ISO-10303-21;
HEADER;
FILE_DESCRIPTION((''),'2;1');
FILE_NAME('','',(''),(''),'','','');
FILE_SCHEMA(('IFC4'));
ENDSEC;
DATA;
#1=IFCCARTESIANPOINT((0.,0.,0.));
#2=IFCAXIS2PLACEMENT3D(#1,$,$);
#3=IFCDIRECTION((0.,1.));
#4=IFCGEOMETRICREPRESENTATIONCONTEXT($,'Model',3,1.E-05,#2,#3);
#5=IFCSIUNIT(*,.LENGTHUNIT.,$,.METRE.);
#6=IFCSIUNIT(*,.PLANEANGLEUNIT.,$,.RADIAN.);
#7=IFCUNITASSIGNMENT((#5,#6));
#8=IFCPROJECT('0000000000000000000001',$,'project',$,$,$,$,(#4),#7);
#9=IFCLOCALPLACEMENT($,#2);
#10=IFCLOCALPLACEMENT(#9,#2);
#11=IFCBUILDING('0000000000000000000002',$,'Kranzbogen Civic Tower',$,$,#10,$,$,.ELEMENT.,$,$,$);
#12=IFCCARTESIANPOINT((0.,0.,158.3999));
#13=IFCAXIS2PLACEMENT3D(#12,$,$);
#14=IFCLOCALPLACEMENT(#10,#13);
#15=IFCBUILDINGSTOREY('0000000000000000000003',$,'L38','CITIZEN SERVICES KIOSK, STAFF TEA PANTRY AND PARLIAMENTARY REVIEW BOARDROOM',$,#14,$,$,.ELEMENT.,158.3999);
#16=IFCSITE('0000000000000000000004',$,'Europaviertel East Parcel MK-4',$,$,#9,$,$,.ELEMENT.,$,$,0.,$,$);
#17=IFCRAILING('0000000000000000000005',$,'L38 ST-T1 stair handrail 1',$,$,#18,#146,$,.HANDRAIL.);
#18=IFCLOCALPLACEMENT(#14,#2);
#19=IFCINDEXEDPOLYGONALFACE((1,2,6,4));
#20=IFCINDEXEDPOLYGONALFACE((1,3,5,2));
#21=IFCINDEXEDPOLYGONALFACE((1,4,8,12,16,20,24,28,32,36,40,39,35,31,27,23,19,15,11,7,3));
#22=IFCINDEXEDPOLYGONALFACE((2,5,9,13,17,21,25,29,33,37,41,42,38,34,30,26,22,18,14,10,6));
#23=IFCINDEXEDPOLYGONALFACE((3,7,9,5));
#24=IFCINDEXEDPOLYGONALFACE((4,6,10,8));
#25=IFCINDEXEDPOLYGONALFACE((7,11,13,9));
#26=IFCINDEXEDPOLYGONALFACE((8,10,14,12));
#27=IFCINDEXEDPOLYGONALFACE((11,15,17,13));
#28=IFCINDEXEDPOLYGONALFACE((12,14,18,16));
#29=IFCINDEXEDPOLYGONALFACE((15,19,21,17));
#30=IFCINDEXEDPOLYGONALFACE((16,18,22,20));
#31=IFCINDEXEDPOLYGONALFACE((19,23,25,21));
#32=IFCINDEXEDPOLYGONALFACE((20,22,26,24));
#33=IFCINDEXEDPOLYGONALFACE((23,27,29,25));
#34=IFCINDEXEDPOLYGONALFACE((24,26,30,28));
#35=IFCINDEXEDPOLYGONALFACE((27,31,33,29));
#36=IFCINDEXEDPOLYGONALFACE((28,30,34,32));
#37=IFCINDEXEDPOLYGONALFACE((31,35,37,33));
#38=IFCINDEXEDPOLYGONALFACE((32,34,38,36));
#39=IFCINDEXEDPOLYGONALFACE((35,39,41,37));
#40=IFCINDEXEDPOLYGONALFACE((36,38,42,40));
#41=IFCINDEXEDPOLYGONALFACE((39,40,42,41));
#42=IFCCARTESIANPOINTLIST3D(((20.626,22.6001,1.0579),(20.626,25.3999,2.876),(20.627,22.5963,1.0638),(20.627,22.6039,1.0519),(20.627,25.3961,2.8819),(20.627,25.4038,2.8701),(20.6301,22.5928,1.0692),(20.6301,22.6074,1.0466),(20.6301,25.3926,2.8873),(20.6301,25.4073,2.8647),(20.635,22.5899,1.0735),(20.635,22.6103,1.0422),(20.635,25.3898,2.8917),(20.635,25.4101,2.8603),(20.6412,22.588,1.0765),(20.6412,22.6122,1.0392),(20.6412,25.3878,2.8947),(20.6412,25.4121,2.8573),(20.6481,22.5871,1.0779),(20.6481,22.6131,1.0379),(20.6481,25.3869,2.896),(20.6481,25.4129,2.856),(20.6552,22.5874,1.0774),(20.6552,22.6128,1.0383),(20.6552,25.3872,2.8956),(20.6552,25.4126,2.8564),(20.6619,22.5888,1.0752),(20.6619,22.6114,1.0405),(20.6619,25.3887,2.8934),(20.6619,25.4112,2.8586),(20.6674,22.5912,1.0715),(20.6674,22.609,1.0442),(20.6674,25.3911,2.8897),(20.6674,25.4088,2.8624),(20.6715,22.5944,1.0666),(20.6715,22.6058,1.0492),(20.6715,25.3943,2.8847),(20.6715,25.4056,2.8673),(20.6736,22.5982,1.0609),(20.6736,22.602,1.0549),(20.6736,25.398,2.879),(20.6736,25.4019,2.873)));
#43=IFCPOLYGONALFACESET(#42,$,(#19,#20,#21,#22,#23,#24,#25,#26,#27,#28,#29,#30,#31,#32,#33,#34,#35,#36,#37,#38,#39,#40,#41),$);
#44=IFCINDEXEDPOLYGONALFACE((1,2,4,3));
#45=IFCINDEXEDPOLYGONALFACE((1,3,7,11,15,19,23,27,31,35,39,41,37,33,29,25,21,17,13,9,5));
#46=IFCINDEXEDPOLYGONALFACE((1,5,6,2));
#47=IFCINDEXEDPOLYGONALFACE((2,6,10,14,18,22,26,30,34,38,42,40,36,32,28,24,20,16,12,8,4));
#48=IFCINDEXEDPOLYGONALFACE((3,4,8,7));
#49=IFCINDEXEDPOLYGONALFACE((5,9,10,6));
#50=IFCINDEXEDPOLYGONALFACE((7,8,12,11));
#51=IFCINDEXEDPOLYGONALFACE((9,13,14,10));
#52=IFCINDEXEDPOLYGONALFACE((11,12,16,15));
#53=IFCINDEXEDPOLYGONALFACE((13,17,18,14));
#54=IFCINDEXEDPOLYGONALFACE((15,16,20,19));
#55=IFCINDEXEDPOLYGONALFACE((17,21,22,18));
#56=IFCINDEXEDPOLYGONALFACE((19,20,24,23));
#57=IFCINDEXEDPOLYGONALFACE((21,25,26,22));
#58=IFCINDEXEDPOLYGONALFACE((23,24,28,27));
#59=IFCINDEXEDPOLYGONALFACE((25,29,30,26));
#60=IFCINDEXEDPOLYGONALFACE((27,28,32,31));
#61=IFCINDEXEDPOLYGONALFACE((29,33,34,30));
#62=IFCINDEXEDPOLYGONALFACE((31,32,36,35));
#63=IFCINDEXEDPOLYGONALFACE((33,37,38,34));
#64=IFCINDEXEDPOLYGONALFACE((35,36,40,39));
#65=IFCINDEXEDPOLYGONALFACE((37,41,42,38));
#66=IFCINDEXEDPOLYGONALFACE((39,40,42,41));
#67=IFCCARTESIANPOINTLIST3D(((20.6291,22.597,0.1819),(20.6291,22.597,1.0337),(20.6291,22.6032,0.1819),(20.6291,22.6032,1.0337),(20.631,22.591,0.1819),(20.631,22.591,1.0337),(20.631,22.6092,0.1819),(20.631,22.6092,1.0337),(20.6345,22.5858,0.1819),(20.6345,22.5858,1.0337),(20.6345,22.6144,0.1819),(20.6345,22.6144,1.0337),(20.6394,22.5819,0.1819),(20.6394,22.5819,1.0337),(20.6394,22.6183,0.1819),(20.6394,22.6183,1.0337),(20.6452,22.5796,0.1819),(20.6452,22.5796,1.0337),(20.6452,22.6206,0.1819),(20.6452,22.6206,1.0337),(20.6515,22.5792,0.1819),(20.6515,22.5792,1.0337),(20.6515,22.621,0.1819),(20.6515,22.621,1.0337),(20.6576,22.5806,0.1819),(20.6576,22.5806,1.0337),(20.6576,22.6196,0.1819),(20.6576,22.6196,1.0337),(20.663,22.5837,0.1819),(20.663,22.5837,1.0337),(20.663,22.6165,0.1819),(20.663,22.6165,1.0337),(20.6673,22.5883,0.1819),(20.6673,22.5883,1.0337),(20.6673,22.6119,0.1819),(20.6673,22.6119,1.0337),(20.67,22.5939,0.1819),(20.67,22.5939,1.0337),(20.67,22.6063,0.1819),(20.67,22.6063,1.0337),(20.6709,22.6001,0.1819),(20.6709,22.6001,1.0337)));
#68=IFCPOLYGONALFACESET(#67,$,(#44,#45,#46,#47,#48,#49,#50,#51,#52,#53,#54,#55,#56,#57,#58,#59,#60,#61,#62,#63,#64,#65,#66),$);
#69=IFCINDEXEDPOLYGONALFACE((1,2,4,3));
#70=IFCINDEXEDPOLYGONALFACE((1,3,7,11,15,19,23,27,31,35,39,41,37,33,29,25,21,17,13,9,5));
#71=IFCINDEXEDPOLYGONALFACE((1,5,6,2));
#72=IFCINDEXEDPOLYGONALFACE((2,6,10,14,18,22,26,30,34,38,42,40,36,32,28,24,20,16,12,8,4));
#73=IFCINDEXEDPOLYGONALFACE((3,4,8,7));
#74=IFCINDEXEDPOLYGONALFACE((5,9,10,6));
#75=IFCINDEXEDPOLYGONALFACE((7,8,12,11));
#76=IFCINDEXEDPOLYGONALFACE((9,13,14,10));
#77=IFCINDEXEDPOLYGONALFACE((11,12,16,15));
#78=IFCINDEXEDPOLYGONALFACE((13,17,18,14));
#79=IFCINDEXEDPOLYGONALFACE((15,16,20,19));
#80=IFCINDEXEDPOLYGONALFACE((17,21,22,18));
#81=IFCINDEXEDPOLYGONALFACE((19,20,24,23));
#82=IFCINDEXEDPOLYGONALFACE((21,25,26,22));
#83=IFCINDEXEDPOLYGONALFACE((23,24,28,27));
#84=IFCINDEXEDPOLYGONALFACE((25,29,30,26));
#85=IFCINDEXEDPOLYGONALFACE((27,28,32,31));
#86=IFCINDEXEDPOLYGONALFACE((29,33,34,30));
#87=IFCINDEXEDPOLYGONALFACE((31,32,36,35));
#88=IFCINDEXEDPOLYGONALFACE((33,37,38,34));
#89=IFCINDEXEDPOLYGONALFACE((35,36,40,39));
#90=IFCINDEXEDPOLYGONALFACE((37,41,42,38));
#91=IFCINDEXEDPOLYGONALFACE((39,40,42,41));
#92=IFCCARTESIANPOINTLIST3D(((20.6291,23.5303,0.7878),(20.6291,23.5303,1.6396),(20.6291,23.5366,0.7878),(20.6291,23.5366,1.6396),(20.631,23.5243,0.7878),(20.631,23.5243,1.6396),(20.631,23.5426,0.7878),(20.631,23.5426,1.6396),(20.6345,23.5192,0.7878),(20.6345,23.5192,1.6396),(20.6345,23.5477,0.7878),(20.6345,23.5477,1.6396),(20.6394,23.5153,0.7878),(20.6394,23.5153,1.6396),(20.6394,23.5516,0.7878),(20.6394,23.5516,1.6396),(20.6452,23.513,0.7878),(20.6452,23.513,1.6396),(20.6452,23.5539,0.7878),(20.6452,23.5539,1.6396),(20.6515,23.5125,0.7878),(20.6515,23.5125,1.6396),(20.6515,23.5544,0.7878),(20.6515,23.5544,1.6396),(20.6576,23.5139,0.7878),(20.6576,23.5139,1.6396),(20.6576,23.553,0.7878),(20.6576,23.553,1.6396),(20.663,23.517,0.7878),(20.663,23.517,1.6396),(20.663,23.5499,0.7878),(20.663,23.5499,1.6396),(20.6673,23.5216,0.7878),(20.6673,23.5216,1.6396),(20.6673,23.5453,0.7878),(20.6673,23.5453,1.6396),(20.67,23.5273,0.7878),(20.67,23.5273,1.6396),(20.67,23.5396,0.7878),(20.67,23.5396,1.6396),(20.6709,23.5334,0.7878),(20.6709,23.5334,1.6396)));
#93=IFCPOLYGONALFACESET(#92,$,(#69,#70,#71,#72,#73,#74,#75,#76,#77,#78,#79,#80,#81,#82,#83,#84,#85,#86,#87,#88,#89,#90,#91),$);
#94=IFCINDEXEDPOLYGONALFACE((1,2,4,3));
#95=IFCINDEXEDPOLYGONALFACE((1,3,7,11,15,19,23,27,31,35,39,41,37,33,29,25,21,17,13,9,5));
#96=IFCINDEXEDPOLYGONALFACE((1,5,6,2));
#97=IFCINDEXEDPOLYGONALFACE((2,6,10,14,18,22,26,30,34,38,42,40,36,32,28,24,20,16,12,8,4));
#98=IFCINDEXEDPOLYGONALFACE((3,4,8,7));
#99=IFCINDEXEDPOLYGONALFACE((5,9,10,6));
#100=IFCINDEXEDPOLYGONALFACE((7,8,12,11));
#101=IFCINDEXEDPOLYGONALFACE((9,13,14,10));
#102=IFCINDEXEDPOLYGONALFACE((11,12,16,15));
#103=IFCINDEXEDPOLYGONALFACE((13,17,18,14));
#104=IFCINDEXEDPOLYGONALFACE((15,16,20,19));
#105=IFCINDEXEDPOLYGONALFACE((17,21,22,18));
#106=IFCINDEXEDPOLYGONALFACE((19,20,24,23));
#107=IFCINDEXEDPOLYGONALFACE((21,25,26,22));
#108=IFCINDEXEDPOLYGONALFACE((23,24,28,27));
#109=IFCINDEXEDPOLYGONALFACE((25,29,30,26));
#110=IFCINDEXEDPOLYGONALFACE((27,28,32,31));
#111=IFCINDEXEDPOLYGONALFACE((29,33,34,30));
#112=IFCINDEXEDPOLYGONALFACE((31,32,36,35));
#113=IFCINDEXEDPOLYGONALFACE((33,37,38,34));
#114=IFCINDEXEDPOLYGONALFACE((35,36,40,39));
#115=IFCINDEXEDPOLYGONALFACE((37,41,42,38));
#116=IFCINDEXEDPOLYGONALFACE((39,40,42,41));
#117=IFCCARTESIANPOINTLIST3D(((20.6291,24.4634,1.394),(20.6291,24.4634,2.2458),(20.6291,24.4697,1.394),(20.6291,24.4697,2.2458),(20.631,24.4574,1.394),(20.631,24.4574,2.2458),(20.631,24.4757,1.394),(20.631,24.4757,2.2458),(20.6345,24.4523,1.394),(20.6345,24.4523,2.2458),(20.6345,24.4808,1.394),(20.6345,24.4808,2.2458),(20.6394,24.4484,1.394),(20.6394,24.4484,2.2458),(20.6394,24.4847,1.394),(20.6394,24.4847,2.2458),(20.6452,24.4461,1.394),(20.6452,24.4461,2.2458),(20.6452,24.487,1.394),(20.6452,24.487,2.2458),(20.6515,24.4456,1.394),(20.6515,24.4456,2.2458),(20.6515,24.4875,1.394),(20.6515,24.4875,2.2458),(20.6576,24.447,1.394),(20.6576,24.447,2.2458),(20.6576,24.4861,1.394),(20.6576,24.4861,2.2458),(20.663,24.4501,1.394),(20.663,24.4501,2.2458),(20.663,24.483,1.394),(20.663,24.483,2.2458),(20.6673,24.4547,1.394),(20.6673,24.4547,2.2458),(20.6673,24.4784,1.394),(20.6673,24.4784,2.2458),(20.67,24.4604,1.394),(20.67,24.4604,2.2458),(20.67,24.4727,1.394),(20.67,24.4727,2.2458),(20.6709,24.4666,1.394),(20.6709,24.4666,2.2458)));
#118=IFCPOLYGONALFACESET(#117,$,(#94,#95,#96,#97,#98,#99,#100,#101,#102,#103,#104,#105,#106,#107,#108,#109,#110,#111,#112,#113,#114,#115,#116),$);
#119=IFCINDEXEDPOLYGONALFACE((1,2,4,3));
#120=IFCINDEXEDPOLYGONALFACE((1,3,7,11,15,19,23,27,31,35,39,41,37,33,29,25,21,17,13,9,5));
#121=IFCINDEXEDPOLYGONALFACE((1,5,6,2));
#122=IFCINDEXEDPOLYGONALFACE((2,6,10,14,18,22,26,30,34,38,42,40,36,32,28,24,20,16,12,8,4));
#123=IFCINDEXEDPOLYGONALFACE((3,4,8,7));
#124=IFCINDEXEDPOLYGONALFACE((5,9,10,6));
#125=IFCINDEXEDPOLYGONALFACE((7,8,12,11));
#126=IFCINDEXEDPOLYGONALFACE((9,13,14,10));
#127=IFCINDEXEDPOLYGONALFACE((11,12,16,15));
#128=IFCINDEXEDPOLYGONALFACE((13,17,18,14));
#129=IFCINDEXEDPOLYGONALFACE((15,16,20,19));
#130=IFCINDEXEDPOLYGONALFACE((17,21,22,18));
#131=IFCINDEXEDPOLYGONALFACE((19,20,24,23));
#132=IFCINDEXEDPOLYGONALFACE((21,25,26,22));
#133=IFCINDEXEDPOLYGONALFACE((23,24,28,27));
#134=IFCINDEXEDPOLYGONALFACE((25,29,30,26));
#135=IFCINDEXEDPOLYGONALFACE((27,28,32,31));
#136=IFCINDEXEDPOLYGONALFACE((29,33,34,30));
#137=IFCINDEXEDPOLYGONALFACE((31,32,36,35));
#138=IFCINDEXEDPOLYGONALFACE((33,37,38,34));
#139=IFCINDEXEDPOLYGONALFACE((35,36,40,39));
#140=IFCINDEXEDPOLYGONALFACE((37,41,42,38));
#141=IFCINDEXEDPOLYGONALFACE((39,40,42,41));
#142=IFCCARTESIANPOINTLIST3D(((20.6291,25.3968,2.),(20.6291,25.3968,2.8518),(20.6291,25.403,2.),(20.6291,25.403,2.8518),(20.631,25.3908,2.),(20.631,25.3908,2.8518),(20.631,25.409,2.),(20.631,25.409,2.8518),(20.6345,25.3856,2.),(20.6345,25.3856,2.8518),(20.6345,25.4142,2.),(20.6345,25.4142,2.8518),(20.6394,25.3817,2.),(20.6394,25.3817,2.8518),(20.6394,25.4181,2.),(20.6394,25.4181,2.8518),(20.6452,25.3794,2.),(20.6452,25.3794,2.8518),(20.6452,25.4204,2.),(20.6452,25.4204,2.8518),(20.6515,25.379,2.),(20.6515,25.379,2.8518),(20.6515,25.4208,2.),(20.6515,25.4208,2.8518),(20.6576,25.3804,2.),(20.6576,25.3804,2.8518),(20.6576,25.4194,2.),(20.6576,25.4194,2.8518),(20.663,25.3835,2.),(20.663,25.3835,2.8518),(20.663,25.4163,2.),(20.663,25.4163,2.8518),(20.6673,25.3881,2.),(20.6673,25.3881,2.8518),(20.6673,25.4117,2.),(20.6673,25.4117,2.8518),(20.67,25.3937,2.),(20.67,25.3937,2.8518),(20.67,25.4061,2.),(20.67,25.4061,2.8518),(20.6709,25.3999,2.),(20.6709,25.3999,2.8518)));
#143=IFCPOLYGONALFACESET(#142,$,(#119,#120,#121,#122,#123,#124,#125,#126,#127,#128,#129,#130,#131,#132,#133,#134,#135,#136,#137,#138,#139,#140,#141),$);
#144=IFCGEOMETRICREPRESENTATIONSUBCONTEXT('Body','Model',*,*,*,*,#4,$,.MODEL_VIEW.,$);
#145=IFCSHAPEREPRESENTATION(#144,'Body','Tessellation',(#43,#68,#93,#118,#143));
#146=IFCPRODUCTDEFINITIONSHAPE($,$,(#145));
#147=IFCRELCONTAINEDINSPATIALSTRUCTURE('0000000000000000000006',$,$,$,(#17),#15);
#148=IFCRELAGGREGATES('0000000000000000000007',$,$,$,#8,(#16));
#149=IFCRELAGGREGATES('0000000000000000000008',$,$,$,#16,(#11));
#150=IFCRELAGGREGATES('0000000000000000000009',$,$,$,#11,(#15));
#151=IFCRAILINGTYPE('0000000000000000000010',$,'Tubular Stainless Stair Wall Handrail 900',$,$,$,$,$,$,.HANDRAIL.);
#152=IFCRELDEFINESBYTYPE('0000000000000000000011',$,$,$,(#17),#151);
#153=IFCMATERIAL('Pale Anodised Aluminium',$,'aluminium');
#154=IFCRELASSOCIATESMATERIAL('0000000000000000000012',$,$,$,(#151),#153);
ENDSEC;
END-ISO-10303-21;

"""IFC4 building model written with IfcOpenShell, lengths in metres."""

from ifc_helpers import new_model, si_unit, direction, frame, origin, origin_2d, place, context, subcontext, project, spatial, circle, extrude, material, type_object, element, save


model = new_model("IFC4")

# Units and contexts
model_context = context("Model", 3, precision=1e-05, world=origin(), true_north=direction((0.0, 1.0)))
body_context = subcontext(model_context, "Body", "Model", "MODEL_VIEW")
ifc_project = project(units=[si_unit("LENGTHUNIT", "METRE"), si_unit("PLANEANGLEUNIT", "RADIAN")], contexts=[model_context])

# Site, building, storey
site_placement = place(None, origin())
site = spatial("IfcSite", under=ifc_project, at=site_placement, Name="Europaviertel East Parcel MK-4", CompositionType="ELEMENT", RefElevation=0.0)
building_placement = place(site_placement, origin())
building = spatial("IfcBuilding", under=site, at=building_placement, Name="Kranzbogen Civic Tower", CompositionType="ELEMENT")
storey_placement = place(building_placement, frame((0.0, 0.0, 158.3999)))
storey = spatial("IfcBuildingStorey", under=building, at=storey_placement, Name="L38", Description="CITIZEN SERVICES KIOSK, STAFF TEA PANTRY AND PARLIAMENTARY REVIEW BOARDROOM", CompositionType="ELEMENT", Elevation=158.3999)

# Railing
ifc_material_1 = material(Name="Pale Anodised Aluminium", Category="aluminium")
railing_type = type_object("IfcRailingType", Name="Tubular Stainless Stair Wall Handrail 900", PredefinedType="HANDRAIL", material=ifc_material_1)
railing_placement = place(storey_placement, frame((20.6499, 22.6001, 0.1819)))
element("IfcRailing", 1, at=railing_placement, inside=storey, type_object=railing_type, Name="L38 ST-T1 stair handrail 1", PredefinedType="HANDRAIL", context=body_context, shape_type="SweptSolid", body=[
    extrude(circle(Radius=0.0239, at=origin_2d()), frame((0.0, 0.0, 0.876), z_axis=(0.0, 0.838684, 0.544618), x_axis=(-1.0, 0.0, 0.0)), (0.0, 0.0, 1.0), 3.3384),
    extrude(circle(Radius=0.021, at=origin_2d()), origin(), (0.0, 0.0, 1.0), 0.8518),
    extrude(circle(Radius=0.021, at=origin_2d()), frame((0.0, 0.9333, 0.606)), (0.0, 0.0, 1.0), 0.8518),
    extrude(circle(Radius=0.021, at=origin_2d()), frame((0.0, 1.8665, 1.2122)), (0.0, 0.0, 1.0), 0.8518),
    extrude(circle(Radius=0.021, at=origin_2d()), frame((0.0, 2.7998, 1.8181)), (0.0, 0.0, 1.0), 0.8518),
])

save(model, "model.ifc")
